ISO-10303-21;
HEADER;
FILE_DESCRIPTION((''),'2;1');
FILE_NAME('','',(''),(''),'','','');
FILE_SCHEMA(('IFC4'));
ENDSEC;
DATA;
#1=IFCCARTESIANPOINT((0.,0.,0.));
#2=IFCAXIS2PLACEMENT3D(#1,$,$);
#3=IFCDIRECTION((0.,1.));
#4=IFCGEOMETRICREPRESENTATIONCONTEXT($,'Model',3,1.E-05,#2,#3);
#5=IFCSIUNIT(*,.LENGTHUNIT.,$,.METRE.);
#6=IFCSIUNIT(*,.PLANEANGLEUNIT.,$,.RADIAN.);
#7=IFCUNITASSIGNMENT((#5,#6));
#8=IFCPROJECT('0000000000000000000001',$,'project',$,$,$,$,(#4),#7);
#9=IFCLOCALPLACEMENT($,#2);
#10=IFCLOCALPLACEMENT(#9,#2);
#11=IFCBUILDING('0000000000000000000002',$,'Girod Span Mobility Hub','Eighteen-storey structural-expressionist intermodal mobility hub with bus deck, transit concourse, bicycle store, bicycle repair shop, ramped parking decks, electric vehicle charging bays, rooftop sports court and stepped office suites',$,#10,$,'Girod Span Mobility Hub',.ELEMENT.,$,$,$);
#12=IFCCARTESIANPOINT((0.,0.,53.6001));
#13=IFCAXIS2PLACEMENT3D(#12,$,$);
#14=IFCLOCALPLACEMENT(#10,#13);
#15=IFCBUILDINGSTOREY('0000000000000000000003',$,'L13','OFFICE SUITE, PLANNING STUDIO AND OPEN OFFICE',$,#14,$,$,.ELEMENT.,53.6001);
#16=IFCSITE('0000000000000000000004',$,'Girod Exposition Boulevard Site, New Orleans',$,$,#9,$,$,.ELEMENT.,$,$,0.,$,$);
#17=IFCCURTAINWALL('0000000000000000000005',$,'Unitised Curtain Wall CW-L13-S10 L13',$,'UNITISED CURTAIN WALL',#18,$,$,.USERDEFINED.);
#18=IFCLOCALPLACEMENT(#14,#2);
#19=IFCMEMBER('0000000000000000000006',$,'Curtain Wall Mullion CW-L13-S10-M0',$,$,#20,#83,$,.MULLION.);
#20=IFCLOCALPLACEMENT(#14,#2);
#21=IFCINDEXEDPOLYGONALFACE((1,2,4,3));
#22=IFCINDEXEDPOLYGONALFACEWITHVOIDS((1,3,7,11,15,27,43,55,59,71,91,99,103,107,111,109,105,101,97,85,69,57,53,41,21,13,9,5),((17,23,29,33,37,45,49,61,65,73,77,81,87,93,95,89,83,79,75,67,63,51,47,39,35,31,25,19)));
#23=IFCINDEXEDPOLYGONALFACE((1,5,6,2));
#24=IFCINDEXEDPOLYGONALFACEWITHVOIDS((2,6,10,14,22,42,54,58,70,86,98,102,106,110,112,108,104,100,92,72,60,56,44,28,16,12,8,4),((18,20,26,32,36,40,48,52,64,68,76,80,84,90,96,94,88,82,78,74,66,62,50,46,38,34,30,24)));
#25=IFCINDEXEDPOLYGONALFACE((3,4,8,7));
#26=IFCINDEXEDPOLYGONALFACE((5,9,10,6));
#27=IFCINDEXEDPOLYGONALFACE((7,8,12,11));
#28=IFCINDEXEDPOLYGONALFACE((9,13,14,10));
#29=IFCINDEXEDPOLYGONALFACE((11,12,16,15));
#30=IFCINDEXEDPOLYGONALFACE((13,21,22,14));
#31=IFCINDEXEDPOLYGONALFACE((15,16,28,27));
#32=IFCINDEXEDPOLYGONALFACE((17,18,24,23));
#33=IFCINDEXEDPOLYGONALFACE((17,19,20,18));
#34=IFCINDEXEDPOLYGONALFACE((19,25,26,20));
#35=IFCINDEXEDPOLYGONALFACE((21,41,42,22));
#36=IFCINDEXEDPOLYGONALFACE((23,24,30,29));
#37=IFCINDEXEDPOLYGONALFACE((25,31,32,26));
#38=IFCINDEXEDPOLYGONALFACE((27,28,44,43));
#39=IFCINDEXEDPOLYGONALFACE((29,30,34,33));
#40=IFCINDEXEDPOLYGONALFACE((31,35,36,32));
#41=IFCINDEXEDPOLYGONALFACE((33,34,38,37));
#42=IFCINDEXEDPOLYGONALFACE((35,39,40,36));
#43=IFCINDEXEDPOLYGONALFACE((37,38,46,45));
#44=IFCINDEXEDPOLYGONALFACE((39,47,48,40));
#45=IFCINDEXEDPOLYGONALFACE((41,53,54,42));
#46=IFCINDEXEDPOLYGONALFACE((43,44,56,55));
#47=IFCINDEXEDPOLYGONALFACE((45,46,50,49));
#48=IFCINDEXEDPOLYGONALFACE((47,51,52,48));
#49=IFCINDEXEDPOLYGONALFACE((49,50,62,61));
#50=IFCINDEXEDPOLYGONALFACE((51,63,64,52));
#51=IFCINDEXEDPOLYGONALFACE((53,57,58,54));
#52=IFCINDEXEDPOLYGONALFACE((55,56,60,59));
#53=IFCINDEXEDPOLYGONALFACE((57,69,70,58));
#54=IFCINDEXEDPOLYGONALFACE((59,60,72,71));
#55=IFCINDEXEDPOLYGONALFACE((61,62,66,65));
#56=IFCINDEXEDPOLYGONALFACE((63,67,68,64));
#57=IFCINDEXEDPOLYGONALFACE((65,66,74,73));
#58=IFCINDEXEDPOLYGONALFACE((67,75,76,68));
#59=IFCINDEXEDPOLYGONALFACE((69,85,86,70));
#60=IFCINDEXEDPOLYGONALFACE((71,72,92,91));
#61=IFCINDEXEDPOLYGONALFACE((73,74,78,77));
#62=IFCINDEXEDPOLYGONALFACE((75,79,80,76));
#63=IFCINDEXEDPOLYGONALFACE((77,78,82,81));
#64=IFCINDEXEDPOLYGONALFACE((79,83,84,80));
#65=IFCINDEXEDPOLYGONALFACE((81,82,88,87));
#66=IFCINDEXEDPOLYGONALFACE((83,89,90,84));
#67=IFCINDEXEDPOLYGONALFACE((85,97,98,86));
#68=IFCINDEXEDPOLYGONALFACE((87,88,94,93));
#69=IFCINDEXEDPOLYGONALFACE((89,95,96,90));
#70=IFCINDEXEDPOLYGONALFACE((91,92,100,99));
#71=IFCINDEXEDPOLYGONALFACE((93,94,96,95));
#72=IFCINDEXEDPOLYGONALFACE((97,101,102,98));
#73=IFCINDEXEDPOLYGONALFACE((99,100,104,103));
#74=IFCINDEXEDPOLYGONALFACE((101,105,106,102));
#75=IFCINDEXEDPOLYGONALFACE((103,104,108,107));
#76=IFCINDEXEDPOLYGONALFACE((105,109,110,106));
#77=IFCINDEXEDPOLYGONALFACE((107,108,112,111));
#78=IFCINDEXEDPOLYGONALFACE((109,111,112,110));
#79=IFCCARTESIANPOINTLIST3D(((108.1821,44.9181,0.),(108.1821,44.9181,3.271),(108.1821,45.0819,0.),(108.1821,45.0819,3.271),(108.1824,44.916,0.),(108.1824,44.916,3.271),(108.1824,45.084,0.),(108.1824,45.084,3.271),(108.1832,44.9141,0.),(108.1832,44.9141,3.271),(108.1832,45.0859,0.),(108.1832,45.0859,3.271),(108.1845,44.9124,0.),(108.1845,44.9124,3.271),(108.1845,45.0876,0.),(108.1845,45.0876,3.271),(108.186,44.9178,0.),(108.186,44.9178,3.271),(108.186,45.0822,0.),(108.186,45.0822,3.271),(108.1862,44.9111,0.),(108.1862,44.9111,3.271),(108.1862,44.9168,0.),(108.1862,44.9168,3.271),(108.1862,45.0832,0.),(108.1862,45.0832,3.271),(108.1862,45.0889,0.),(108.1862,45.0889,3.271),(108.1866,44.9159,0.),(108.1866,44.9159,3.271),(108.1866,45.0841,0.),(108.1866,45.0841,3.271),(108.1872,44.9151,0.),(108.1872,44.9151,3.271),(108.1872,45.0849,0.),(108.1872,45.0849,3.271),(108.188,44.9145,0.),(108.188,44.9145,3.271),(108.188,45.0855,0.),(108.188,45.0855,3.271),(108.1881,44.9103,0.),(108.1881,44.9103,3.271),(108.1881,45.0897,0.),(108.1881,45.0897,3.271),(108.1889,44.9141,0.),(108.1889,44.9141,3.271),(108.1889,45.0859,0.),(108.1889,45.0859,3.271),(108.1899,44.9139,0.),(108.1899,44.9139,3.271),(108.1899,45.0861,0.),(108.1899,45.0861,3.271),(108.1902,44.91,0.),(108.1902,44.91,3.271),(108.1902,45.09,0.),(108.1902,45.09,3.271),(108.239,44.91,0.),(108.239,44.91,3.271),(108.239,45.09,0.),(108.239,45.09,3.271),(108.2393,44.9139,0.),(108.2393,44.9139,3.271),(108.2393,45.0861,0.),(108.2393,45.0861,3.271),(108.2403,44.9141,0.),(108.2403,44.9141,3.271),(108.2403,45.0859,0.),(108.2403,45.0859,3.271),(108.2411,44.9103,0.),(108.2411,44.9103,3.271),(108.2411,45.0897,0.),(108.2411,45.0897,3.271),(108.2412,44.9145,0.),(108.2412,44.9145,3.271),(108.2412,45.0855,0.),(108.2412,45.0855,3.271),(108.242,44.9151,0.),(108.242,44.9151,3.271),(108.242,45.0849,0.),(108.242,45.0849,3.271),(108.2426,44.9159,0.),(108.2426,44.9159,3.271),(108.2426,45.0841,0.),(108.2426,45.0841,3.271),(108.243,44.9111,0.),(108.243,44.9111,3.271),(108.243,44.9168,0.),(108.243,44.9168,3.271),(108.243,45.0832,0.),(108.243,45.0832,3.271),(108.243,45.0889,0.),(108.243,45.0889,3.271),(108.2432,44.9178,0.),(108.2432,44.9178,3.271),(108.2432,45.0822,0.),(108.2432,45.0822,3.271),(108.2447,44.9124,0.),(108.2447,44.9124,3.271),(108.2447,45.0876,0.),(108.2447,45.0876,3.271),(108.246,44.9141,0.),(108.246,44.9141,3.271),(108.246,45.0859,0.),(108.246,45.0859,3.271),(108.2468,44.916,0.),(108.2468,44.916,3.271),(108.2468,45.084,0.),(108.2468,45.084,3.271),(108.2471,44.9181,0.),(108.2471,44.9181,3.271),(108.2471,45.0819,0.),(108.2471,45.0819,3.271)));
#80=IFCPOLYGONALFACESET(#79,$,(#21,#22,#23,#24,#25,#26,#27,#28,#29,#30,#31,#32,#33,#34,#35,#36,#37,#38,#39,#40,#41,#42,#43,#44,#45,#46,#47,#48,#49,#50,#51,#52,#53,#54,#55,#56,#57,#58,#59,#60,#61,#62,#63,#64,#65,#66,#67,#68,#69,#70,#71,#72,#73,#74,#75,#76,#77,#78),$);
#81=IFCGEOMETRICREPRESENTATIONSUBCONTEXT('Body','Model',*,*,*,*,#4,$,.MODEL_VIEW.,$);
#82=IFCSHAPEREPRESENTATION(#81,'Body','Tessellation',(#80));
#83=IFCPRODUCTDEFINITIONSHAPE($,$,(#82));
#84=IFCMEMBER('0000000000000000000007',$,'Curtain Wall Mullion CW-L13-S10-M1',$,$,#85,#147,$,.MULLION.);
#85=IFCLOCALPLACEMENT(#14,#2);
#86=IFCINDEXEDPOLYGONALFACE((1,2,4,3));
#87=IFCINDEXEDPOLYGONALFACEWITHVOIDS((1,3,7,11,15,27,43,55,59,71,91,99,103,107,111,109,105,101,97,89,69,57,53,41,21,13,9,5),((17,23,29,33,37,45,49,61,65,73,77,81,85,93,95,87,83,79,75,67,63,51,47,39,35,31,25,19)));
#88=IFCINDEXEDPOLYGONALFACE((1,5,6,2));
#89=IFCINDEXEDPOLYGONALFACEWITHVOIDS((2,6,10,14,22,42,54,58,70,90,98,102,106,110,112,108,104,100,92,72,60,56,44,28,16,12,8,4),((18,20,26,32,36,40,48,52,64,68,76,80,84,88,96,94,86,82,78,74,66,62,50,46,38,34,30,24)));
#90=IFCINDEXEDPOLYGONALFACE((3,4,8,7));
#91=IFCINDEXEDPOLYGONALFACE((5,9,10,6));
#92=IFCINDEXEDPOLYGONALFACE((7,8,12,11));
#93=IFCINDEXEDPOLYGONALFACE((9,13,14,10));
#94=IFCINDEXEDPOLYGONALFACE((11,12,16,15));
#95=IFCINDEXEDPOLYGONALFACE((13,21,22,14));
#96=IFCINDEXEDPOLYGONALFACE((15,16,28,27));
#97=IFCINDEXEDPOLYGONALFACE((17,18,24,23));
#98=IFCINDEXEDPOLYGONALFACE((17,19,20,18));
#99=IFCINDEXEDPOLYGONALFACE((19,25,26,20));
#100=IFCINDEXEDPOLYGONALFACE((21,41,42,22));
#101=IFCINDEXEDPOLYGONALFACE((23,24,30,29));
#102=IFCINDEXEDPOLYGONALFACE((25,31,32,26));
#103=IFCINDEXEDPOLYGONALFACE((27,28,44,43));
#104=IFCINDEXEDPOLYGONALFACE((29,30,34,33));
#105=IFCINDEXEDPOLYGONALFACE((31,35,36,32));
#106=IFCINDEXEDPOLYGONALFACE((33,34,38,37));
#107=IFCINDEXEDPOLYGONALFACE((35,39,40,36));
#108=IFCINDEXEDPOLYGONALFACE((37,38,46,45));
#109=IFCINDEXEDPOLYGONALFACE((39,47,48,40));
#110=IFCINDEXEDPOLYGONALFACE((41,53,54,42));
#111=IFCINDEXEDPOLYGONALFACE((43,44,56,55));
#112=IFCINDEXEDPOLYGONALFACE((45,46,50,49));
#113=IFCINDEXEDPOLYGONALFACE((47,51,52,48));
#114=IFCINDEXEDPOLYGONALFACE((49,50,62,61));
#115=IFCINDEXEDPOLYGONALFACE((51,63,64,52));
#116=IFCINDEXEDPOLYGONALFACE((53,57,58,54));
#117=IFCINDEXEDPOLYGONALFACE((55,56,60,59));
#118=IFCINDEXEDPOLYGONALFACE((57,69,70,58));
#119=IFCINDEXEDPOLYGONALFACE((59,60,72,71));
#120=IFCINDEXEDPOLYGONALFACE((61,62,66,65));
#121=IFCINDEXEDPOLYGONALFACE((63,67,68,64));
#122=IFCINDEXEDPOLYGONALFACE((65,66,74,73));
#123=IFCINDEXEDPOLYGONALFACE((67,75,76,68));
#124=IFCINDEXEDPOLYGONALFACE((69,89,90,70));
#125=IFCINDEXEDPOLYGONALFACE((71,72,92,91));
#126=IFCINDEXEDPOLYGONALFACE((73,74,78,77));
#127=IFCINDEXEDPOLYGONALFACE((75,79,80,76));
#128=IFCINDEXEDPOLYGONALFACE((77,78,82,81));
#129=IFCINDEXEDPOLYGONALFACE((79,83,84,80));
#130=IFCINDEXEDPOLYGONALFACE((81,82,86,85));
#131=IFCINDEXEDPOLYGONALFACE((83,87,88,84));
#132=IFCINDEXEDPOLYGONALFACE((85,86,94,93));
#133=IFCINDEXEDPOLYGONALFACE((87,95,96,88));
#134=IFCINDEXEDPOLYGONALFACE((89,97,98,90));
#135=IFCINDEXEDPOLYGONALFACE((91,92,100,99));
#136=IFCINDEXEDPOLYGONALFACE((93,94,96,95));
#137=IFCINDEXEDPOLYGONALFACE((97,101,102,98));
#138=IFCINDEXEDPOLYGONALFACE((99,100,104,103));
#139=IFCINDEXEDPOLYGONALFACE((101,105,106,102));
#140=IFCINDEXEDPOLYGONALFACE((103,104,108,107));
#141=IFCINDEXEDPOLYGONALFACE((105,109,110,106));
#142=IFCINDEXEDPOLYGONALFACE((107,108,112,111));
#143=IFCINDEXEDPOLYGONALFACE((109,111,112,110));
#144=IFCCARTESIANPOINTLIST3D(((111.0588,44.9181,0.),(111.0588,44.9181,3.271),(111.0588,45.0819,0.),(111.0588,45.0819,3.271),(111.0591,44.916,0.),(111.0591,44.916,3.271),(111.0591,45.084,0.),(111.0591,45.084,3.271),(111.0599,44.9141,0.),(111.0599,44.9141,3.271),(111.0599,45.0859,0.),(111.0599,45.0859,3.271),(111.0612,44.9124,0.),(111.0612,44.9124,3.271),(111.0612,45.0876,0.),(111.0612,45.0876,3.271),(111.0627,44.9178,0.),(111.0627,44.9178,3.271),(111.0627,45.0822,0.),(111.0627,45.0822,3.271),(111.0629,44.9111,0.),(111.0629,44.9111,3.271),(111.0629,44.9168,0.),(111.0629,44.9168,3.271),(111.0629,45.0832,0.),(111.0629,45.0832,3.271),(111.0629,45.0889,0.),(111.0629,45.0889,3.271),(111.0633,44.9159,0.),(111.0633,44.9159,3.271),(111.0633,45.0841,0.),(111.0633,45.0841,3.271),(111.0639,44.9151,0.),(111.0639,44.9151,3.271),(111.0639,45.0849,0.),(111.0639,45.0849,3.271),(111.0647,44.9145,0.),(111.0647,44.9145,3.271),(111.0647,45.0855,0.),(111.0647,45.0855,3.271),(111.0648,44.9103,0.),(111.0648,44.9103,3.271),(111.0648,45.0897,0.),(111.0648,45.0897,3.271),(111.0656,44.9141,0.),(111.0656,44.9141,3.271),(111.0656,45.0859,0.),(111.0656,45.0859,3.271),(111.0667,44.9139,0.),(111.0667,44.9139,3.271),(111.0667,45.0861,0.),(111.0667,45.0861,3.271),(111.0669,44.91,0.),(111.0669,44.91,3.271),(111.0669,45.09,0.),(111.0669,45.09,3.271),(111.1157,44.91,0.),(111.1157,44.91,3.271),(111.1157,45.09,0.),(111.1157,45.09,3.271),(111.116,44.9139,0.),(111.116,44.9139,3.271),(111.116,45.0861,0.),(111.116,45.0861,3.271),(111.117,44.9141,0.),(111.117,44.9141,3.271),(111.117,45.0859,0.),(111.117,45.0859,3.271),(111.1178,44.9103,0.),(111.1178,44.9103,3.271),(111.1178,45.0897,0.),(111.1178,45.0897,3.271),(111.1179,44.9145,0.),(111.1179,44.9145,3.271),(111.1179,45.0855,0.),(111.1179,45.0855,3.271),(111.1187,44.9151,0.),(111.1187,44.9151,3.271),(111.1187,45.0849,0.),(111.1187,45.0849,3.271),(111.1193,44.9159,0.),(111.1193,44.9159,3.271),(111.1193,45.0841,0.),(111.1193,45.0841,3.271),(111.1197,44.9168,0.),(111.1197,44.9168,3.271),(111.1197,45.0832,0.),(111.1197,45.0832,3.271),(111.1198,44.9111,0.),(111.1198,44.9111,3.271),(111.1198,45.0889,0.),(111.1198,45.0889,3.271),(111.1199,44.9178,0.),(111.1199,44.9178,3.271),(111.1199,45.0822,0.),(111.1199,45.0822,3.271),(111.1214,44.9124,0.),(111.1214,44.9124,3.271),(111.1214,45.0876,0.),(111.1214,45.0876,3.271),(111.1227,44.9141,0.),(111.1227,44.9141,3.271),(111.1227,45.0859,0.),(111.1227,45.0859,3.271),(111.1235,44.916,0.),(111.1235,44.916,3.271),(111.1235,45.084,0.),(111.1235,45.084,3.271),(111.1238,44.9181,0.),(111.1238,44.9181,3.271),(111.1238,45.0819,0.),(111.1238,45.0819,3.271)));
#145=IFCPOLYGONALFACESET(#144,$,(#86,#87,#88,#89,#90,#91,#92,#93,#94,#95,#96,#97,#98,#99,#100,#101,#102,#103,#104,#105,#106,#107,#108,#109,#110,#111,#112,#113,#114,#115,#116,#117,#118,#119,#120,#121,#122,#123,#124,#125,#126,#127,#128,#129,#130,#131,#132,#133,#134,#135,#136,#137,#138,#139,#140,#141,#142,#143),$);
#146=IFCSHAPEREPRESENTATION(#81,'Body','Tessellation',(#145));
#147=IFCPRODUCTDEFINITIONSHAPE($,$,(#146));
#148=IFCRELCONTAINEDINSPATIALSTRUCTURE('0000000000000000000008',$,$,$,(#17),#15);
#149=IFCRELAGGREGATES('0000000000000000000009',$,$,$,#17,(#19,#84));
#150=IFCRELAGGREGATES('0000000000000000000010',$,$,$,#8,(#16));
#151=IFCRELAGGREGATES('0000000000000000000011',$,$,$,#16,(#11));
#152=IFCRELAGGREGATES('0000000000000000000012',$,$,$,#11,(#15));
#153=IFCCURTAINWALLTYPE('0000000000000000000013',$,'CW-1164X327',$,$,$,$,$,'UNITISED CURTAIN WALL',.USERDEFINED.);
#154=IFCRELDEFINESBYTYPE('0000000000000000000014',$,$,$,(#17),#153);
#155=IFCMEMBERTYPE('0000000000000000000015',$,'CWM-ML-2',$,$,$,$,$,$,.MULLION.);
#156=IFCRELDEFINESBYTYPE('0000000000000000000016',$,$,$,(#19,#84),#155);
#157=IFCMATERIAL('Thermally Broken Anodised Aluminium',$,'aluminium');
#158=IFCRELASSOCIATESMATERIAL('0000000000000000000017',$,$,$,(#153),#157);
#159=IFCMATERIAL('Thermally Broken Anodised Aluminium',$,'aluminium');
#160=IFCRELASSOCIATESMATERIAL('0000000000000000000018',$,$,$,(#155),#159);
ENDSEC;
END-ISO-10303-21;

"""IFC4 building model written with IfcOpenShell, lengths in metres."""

from ifc_helpers import new_model, si_unit, direction, frame, origin, origin_2d, place, context, subcontext, project, spatial, hollow_rectangle, extrude, material, material_profile, profile_set, type_object, element, aggregate, save


model = new_model("IFC4")

# Units and contexts
model_context = context("Model", 3, precision=1e-05, world=origin(), true_north=direction((0.0, 1.0)))
body_context = subcontext(model_context, "Body", "Model", "MODEL_VIEW")
ifc_project = project(units=[si_unit("LENGTHUNIT", "METRE"), si_unit("PLANEANGLEUNIT", "RADIAN")], contexts=[model_context])

# Site, building, storey
site_placement = place(None, origin())
site = spatial("IfcSite", under=ifc_project, at=site_placement, Name="Girod Exposition Boulevard Site, New Orleans", CompositionType="ELEMENT", RefElevation=0.0)
building_placement = place(site_placement, origin())
building = spatial("IfcBuilding", under=site, at=building_placement, Name="Girod Span Mobility Hub", Description="Eighteen-storey structural-expressionist intermodal mobility hub with bus deck, transit concourse, bicycle store, bicycle repair shop, ramped parking decks, electric vehicle charging bays, rooftop sports court and stepped office suites", LongName="Girod Span Mobility Hub", CompositionType="ELEMENT")
storey_placement = place(building_placement, frame((0.0, 0.0, 53.6001)))
storey = spatial("IfcBuildingStorey", under=building, at=storey_placement, Name="L13", Description="OFFICE SUITE, PLANNING STUDIO AND OPEN OFFICE", CompositionType="ELEMENT", Elevation=53.6001)

# Curtain wall, members
ifc_material_1 = material(Name="Thermally Broken Anodised Aluminium", Category="aluminium")
curtain_wall_type = type_object("IfcCurtainWallType", Name="CW-1164X327", ElementType="UNITISED CURTAIN WALL", PredefinedType="USERDEFINED", material=ifc_material_1)
ifc_material_2 = material(Name="Thermally Broken Anodised Aluminium", Category="aluminium")
ifc_material_profile_1 = material_profile(ifc_material_2, hollow_rectangle(XDim=0.1799, YDim=0.0649, WallThickness=0.0039, InnerFilletRadius=0.0039, OuterFilletRadius=0.0081, at=origin_2d()), Name="CW-ML-65X180")
ifc_profile_set_1 = profile_set([ifc_material_profile_1], Name="Thermally Broken Anodised Aluminium")
member_type_1 = type_object("IfcMemberType", Name="CWM-ML-2", PredefinedType="MULLION", material=ifc_profile_set_1)
curtain_wall_1_placement = place(storey_placement, origin())
curtain_wall_1 = element("IfcCurtainWall", 1, at=curtain_wall_1_placement, inside=storey, type_object=curtain_wall_type, Name="Unitised Curtain Wall CW-L13-S10 L13", ObjectType="UNITISED CURTAIN WALL", PredefinedType="USERDEFINED")
member_1_placement = place(storey_placement, frame((108.2146, 45.0, 0.0), z_axis=(0.0, 0.0, 1.0), x_axis=(0.0, 1.0, 0.0)))
member_1 = element("IfcMember", 2, at=member_1_placement, type_object=member_type_1, Name="Curtain Wall Mullion CW-L13-S10-M0", PredefinedType="MULLION", context=body_context, shape_type="SweptSolid", body=[
    extrude(hollow_rectangle(XDim=0.1799, YDim=0.0649, WallThickness=0.0039, InnerFilletRadius=0.0039, OuterFilletRadius=0.0081, at=origin_2d()), origin(), (0.0, 0.0, 1.0), 3.271),
])
member_2_placement = place(storey_placement, frame((111.0913, 45.0, 0.0), z_axis=(0.0, 0.0, 1.0), x_axis=(0.0, 1.0, 0.0)))
member_2 = element("IfcMember", 3, at=member_2_placement, type_object=member_type_1, Name="Curtain Wall Mullion CW-L13-S10-M1", PredefinedType="MULLION", context=body_context, shape_type="SweptSolid", body=[
    extrude(hollow_rectangle(XDim=0.1799, YDim=0.0649, WallThickness=0.0039, InnerFilletRadius=0.0039, OuterFilletRadius=0.0081, at=origin_2d()), origin(), (0.0, 0.0, 1.0), 3.271),
])

aggregate(curtain_wall_1, [member_1, member_2])

save(model, "model.ifc")
